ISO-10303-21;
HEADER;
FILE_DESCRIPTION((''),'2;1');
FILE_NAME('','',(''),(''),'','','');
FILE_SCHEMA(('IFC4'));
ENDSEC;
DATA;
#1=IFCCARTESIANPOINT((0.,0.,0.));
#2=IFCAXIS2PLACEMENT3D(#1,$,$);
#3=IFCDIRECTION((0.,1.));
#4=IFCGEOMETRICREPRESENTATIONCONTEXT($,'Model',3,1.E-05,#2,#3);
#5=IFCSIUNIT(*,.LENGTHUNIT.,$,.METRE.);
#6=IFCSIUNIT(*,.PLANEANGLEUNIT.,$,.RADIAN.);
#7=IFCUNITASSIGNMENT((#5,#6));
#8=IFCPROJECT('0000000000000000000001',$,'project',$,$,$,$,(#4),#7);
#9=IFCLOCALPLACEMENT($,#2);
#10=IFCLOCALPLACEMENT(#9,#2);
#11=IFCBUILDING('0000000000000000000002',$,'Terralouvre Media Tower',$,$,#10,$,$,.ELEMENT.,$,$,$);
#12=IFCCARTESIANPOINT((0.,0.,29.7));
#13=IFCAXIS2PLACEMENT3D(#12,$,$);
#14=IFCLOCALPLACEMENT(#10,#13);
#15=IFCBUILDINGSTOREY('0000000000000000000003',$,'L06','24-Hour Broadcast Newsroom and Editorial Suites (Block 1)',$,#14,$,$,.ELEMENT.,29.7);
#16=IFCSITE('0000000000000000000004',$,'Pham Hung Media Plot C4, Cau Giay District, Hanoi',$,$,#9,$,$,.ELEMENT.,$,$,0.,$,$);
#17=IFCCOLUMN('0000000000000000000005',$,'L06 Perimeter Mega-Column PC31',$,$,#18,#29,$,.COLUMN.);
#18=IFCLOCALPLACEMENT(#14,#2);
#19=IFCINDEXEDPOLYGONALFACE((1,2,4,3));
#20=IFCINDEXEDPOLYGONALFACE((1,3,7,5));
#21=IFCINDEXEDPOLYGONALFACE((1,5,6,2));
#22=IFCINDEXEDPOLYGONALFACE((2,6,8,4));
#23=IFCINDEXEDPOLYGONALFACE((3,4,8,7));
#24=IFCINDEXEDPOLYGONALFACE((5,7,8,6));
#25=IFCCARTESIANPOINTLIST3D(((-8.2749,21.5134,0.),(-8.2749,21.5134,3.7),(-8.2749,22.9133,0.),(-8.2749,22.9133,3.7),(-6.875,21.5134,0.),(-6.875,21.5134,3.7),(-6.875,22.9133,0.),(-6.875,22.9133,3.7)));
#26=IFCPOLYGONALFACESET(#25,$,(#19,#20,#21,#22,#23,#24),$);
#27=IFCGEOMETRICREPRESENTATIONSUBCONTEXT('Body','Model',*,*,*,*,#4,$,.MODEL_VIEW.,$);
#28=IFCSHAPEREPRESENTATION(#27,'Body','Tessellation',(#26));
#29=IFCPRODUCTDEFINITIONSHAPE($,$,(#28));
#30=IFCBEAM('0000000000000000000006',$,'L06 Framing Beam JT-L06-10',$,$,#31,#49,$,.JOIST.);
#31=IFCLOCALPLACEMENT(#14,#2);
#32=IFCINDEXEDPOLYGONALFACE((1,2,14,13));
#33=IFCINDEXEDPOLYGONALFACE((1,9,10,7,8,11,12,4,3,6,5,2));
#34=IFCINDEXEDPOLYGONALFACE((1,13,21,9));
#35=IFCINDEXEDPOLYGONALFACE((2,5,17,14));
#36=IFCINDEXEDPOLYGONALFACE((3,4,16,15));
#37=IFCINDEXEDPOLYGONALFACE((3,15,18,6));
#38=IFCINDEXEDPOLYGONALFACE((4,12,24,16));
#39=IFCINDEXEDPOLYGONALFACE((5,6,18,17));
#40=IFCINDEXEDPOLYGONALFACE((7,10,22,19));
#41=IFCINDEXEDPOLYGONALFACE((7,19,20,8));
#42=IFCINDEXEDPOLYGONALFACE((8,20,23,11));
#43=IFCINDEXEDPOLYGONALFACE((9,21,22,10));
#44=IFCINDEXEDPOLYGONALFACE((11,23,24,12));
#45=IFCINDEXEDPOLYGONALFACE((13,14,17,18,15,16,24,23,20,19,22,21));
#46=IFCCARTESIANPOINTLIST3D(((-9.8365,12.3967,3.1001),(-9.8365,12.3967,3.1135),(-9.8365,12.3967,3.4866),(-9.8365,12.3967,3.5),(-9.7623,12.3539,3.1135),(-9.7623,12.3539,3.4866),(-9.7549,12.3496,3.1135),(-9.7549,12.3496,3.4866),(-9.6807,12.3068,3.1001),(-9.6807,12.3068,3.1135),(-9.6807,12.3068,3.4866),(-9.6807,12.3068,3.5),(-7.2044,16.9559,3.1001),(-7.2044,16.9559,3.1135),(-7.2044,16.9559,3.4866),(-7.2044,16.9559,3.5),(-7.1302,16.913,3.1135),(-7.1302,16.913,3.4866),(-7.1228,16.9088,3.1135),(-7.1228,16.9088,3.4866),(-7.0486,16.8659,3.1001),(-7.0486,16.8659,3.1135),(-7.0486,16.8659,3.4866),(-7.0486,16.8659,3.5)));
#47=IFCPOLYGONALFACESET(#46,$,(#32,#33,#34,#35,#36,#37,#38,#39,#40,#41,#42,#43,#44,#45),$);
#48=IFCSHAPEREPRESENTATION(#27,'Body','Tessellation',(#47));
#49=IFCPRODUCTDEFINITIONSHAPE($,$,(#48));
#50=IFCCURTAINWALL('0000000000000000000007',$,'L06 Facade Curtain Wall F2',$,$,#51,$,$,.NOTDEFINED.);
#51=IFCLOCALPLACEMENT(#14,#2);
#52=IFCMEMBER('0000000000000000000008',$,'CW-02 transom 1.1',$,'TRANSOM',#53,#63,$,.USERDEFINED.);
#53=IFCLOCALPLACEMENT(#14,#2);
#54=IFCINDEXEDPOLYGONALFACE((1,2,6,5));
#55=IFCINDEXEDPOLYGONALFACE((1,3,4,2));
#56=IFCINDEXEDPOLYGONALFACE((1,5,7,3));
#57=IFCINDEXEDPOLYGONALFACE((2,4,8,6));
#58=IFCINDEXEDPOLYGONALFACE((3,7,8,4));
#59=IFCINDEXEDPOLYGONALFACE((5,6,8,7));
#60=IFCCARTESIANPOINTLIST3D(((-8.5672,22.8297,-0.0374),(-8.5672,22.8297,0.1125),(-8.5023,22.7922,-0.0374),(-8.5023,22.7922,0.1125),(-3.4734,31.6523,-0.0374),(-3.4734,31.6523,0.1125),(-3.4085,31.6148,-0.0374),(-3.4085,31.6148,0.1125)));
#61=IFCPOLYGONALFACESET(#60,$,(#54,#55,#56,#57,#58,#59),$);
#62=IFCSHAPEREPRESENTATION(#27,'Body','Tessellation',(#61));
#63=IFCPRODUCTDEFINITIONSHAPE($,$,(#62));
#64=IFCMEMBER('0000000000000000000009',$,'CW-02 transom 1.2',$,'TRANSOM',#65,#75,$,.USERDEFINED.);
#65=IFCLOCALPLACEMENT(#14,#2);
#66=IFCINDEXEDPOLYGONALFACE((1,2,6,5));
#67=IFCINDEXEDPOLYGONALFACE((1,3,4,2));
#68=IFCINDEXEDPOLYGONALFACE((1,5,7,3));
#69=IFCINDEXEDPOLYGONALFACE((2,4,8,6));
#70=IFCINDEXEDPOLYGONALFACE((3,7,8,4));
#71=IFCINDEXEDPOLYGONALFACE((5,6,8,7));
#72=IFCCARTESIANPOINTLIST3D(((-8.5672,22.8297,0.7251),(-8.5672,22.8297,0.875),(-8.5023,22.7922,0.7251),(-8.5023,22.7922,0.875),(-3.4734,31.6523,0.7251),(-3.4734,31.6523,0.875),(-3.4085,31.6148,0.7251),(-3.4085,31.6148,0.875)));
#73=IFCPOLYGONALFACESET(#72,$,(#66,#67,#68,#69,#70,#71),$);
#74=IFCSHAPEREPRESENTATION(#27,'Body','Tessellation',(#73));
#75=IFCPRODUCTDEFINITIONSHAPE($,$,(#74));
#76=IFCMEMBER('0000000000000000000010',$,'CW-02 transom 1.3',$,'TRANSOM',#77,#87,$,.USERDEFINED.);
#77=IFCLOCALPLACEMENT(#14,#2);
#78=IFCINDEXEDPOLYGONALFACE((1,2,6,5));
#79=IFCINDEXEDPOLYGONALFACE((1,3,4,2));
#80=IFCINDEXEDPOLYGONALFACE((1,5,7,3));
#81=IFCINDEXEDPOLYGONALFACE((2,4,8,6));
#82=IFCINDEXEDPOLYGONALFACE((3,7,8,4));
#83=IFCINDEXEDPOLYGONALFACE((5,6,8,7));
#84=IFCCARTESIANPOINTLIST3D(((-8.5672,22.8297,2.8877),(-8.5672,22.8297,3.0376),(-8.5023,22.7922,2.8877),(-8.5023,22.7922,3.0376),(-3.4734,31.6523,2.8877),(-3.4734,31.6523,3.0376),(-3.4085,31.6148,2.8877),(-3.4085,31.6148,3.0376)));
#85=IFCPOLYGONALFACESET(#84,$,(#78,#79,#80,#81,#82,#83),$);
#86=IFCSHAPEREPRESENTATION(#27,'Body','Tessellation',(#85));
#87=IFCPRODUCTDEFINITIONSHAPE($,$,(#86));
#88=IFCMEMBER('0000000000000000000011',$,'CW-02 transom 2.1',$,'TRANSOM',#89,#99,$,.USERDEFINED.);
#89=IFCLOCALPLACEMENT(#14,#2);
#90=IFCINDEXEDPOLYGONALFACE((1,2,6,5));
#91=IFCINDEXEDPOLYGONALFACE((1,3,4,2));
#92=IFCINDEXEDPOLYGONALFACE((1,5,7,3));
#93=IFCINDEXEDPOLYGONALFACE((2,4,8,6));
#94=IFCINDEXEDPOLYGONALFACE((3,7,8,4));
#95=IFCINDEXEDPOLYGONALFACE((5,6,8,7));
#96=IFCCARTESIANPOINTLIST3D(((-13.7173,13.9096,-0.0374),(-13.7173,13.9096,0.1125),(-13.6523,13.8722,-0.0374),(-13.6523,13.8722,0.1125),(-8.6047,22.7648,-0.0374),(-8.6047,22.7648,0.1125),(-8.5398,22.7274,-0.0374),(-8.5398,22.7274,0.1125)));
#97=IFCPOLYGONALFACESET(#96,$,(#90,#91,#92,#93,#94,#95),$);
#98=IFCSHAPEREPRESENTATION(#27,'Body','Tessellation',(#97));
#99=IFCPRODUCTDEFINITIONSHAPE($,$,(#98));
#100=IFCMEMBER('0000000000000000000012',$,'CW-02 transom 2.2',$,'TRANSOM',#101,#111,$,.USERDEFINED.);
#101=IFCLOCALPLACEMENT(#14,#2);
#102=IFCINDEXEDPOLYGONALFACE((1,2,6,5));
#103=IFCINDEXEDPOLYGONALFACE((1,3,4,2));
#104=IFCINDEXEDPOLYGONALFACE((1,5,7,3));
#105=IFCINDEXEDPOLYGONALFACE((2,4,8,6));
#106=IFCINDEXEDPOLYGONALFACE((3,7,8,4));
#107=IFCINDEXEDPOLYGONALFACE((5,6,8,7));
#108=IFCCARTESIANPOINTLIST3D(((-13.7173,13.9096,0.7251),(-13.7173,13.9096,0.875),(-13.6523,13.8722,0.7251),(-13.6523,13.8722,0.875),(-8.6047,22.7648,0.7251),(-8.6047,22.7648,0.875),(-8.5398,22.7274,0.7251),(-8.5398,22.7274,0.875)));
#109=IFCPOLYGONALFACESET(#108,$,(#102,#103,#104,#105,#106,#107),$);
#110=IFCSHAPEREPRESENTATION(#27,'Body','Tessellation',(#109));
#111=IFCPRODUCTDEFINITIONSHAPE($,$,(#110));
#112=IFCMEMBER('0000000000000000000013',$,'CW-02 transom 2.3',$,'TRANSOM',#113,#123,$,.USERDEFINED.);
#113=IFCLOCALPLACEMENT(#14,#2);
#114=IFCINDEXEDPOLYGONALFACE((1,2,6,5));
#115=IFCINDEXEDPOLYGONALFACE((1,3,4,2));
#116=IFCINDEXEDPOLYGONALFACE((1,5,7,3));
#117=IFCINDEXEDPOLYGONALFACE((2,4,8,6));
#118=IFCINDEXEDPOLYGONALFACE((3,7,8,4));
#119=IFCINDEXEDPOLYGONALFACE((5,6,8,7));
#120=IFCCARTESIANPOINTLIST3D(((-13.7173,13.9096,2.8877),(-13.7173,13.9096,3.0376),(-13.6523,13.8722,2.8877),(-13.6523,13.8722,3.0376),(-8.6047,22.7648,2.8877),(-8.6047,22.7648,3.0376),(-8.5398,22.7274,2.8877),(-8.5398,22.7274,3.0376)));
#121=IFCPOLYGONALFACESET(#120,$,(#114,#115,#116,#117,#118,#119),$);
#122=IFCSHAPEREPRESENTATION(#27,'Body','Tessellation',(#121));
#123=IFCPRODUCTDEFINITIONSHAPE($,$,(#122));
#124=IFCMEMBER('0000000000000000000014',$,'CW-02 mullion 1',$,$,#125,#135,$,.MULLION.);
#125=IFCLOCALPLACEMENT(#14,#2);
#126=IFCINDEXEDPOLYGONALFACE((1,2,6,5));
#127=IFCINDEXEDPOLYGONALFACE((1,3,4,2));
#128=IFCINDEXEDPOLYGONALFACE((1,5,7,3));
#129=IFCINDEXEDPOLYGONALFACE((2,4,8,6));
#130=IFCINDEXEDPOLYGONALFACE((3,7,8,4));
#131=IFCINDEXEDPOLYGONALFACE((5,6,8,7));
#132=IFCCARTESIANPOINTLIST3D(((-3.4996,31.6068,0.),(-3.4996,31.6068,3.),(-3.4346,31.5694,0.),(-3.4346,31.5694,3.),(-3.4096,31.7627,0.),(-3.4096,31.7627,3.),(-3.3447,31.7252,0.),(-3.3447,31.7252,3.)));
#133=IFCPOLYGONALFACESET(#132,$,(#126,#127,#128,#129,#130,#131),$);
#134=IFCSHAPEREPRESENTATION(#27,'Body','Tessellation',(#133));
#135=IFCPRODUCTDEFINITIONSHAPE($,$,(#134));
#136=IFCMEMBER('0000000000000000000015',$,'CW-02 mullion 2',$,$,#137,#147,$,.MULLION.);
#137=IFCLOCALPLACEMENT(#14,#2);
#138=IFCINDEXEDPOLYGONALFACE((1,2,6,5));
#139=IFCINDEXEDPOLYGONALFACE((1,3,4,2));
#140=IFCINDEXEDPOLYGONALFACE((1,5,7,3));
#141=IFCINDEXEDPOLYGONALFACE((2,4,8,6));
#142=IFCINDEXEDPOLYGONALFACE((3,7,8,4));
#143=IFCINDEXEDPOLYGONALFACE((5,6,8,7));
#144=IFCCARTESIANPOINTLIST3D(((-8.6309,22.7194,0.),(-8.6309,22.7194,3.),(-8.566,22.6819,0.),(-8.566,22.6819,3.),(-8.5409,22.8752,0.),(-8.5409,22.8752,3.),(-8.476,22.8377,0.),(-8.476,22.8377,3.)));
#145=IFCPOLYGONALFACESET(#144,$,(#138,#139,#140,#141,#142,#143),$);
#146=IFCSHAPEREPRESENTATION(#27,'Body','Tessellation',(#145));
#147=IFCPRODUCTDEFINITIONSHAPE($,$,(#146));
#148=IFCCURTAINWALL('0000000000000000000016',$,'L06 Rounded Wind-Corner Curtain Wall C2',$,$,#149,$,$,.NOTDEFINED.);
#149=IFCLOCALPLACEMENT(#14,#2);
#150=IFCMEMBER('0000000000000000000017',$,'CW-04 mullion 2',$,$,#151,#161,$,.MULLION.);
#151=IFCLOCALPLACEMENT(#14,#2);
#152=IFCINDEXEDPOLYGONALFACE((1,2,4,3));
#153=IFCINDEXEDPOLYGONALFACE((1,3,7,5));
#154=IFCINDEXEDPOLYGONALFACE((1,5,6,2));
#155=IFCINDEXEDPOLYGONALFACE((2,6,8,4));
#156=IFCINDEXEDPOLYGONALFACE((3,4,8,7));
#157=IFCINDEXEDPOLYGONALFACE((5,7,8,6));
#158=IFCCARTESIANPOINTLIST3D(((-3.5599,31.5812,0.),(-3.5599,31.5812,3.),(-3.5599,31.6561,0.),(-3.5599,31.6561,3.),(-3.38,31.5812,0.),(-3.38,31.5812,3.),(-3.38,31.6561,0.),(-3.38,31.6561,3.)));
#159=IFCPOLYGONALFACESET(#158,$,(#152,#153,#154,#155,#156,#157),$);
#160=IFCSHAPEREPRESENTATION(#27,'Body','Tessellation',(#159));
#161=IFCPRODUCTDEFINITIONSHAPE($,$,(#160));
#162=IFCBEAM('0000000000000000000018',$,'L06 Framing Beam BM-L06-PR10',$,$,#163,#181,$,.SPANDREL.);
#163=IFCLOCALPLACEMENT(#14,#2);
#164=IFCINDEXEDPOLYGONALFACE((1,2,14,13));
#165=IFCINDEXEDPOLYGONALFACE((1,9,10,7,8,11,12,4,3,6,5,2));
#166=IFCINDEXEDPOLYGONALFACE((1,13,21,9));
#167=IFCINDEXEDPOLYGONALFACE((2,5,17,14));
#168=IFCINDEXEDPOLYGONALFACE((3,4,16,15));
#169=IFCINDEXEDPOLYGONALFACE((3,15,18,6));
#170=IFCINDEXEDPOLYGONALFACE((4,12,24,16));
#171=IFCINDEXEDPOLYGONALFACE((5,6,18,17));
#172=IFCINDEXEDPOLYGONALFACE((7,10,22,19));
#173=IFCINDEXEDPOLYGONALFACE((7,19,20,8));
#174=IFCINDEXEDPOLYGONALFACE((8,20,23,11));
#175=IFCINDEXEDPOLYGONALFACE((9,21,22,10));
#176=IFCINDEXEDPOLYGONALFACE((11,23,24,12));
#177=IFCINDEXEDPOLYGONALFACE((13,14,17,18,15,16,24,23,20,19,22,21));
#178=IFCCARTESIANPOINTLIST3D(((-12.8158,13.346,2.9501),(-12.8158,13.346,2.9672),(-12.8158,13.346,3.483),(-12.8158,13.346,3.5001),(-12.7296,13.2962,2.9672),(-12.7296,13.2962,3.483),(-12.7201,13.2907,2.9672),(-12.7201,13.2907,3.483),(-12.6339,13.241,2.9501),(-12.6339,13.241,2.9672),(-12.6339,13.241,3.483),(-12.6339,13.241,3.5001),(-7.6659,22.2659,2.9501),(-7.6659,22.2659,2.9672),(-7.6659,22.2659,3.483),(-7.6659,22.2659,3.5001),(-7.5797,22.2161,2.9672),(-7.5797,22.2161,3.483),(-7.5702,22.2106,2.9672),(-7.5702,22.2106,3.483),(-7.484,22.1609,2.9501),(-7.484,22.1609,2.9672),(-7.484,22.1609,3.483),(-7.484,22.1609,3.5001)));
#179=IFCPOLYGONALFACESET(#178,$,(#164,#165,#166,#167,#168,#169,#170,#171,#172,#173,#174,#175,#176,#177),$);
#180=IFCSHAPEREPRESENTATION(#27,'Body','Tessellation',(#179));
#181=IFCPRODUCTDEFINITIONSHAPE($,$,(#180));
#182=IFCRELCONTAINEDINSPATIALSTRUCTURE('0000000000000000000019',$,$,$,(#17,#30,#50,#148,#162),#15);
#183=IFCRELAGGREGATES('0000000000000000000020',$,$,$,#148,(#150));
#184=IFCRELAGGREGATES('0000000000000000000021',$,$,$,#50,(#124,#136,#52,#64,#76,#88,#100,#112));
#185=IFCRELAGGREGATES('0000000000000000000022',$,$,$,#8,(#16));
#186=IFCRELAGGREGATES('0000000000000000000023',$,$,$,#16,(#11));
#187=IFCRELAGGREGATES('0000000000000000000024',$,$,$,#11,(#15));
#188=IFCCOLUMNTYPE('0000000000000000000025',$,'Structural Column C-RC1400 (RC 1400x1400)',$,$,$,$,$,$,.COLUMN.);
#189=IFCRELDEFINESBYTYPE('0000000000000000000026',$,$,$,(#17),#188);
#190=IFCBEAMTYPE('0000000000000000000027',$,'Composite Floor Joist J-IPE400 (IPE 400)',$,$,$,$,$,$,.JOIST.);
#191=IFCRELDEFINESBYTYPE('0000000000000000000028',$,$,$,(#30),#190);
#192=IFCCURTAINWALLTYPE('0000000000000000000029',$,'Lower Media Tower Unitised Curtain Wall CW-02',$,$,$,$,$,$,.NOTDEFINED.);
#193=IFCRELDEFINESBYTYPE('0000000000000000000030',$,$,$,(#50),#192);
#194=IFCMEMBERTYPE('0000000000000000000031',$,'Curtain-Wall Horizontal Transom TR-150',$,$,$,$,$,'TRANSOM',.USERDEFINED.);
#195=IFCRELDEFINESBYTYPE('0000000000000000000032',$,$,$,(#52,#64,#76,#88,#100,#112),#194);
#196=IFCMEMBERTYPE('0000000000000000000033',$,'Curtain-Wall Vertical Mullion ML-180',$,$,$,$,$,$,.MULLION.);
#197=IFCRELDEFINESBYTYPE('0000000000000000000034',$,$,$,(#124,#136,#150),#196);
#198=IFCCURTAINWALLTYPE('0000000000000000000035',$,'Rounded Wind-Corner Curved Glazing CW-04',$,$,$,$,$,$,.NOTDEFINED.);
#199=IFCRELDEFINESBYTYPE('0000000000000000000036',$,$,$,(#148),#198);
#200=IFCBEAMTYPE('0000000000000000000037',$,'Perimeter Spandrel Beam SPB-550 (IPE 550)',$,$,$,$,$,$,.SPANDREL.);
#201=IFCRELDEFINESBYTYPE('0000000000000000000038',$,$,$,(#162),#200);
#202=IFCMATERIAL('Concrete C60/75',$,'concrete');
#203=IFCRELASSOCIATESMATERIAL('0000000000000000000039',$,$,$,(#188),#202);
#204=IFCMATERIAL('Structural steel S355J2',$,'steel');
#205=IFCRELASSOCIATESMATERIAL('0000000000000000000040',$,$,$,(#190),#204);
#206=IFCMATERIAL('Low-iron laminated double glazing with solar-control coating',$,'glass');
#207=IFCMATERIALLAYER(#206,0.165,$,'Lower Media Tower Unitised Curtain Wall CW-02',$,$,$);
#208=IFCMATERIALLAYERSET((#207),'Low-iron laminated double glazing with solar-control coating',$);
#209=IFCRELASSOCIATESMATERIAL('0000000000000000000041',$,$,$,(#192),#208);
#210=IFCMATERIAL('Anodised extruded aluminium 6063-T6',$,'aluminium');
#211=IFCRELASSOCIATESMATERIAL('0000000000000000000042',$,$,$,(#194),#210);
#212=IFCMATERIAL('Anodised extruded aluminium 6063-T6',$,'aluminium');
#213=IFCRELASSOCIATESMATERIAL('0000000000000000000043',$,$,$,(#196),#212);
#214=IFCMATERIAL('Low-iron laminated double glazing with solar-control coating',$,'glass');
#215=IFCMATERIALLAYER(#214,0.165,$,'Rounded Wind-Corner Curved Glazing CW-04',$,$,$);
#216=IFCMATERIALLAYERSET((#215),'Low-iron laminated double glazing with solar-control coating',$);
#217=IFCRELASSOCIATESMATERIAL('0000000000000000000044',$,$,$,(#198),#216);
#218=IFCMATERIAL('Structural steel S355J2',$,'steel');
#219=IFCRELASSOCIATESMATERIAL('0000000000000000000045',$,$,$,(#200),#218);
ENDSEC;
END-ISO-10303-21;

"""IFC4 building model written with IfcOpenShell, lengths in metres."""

from ifc_helpers import new_model, si_unit, direction, frame, origin, origin_2d, place, context, subcontext, project, spatial, rectangle, i_section, extrude, material, layer, layer_set, material_profile, profile_set, type_object, element, aggregate, save


model = new_model("IFC4")

# Units and contexts
model_context = context("Model", 3, precision=1e-05, world=origin(), true_north=direction((0.0, 1.0)))
body_context = subcontext(model_context, "Body", "Model", "MODEL_VIEW")
ifc_project = project(units=[si_unit("LENGTHUNIT", "METRE"), si_unit("PLANEANGLEUNIT", "RADIAN")], contexts=[model_context])

# Site, building, storey
site_placement = place(None, origin())
site = spatial("IfcSite", under=ifc_project, at=site_placement, Name="Pham Hung Media Plot C4, Cau Giay District, Hanoi", CompositionType="ELEMENT", RefElevation=0.0)
building_placement = place(site_placement, origin())
building = spatial("IfcBuilding", under=site, at=building_placement, Name="Terralouvre Media Tower", CompositionType="ELEMENT")
storey_placement = place(building_placement, frame((0.0, 0.0, 29.7)))
storey = spatial("IfcBuildingStorey", under=building, at=storey_placement, Name="L06", Description="24-Hour Broadcast Newsroom and Editorial Suites (Block 1)", CompositionType="ELEMENT", Elevation=29.7)

# Column
ifc_material_1 = material(Name="Concrete C60/75", Category="concrete")
ifc_material_profile_1 = material_profile(ifc_material_1, rectangle(XDim=1.3999, YDim=1.3999, at=origin_2d()), Name="RC 1400x1400")
ifc_profile_set_1 = profile_set([ifc_material_profile_1], Name="Concrete C60/75")
column_type = type_object("IfcColumnType", Name="Structural Column C-RC1400 (RC 1400x1400)", PredefinedType="COLUMN", material=ifc_profile_set_1)
column_placement = place(storey_placement, frame((-7.575, 22.2134, 0.0), z_axis=(0.0, 0.0, 1.0), x_axis=(1.0, 0.0, 0.0)))
element("IfcColumn", 1, at=column_placement, inside=storey, type_object=column_type, Name="L06 Perimeter Mega-Column PC31", PredefinedType="COLUMN", context=body_context, shape_type="SweptSolid", body=[
    extrude(rectangle(XDim=1.3999, YDim=1.3999, at=origin_2d()), origin(), (0.0, 0.0, 1.0), 3.7),
])

# Beam
ifc_material_2 = material(Name="Structural steel S355J2", Category="steel")
ifc_material_profile_2 = material_profile(ifc_material_2, i_section(OverallWidth=0.1799, OverallDepth=0.3999, WebThickness=0.0085, FlangeThickness=0.0134, at=origin_2d()), Name="IPE 400")
ifc_profile_set_2 = profile_set([ifc_material_profile_2], Name="Structural steel S355J2")
beam_type_1 = type_object("IfcBeamType", Name="Composite Floor Joist J-IPE400 (IPE 400)", PredefinedType="JOIST", material=ifc_profile_set_2)
beam_1_placement = place(storey_placement, frame((-7.1265, 16.9109, 3.3), z_axis=(-0.499985, -0.866034, 0.0), x_axis=(0.866034, -0.499985, 0.0)))
element("IfcBeam", 2, at=beam_1_placement, inside=storey, type_object=beam_type_1, Name="L06 Framing Beam JT-L06-10", PredefinedType="JOIST", context=body_context, shape_type="SweptSolid", body=[
    extrude(i_section(OverallWidth=0.1799, OverallDepth=0.3999, WebThickness=0.0085, FlangeThickness=0.0134, at=origin_2d()), origin(), (0.0, 0.0, 1.0), 5.2644),
])

# Curtain wall, members
ifc_material_3 = material(Name="Low-iron laminated double glazing with solar-control coating", Category="glass")
ifc_layer_1 = layer(ifc_material_3, 0.165, Name="Lower Media Tower Unitised Curtain Wall CW-02")
ifc_layer_set_1 = layer_set([ifc_layer_1], Name="Low-iron laminated double glazing with solar-control coating")
curtain_wall_type_1 = type_object("IfcCurtainWallType", Name="Lower Media Tower Unitised Curtain Wall CW-02", PredefinedType="NOTDEFINED", material=ifc_layer_set_1)
curtain_wall_1_placement = place(storey_placement, origin())
curtain_wall_1 = element("IfcCurtainWall", 3, at=curtain_wall_1_placement, inside=storey, type_object=curtain_wall_type_1, Name="L06 Facade Curtain Wall F2", PredefinedType="NOTDEFINED")
ifc_material_4 = material(Name="Anodised extruded aluminium 6063-T6", Category="aluminium")
ifc_material_profile_3 = material_profile(ifc_material_4, rectangle(XDim=0.075, YDim=0.1499, at=origin_2d()), Name="ALU 75x150")
ifc_profile_set_3 = profile_set([ifc_material_profile_3], Name="Anodised extruded aluminium 6063-T6")
member_type_1 = type_object("IfcMemberType", Name="Curtain-Wall Horizontal Transom TR-150", ElementType="TRANSOM", PredefinedType="USERDEFINED", material=ifc_profile_set_3)
member_1_placement = place(storey_placement, frame((-3.4409, 31.6335, 0.0376), z_axis=(-0.500005, -0.866022, 0.0), x_axis=(0.866022, -0.500005, 0.0)))
member_1 = element("IfcMember", 4, at=member_1_placement, type_object=member_type_1, Name="CW-02 transom 1.1", ObjectType="TRANSOM", PredefinedType="USERDEFINED", context=body_context, shape_type="SweptSolid", body=[
    extrude(rectangle(XDim=0.075, YDim=0.1499, at=origin_2d()), origin(), (0.0, 0.0, 1.0), 10.1875),
])
member_2_placement = place(storey_placement, frame((-3.4409, 31.6335, 0.8), z_axis=(-0.500005, -0.866022, 0.0), x_axis=(0.866022, -0.500005, 0.0)))
member_2 = element("IfcMember", 5, at=member_2_placement, type_object=member_type_1, Name="CW-02 transom 1.2", ObjectType="TRANSOM", PredefinedType="USERDEFINED", context=body_context, shape_type="SweptSolid", body=[
    extrude(rectangle(XDim=0.075, YDim=0.1499, at=origin_2d()), origin(), (0.0, 0.0, 1.0), 10.1875),
])
member_3_placement = place(storey_placement, frame((-3.4409, 31.6335, 2.9626), z_axis=(-0.500005, -0.866022, 0.0), x_axis=(0.866022, -0.500005, 0.0)))
member_3 = element("IfcMember", 6, at=member_3_placement, type_object=member_type_1, Name="CW-02 transom 1.3", ObjectType="TRANSOM", PredefinedType="USERDEFINED", context=body_context, shape_type="SweptSolid", body=[
    extrude(rectangle(XDim=0.075, YDim=0.1499, at=origin_2d()), origin(), (0.0, 0.0, 1.0), 10.1875),
])
member_4_placement = place(storey_placement, frame((-8.5723, 22.7461, 0.0376), z_axis=(-0.499999, -0.866026, 0.0), x_axis=(0.866026, -0.499999, 0.0)))
member_4 = element("IfcMember", 7, at=member_4_placement, type_object=member_type_1, Name="CW-02 transom 2.1", ObjectType="TRANSOM", PredefinedType="USERDEFINED", context=body_context, shape_type="SweptSolid", body=[
    extrude(rectangle(XDim=0.075, YDim=0.1499, at=origin_2d()), origin(), (0.0, 0.0, 1.0), 10.2251),
])
member_5_placement = place(storey_placement, frame((-8.5723, 22.7461, 0.8), z_axis=(-0.499999, -0.866026, 0.0), x_axis=(0.866026, -0.499999, 0.0)))
member_5 = element("IfcMember", 8, at=member_5_placement, type_object=member_type_1, Name="CW-02 transom 2.2", ObjectType="TRANSOM", PredefinedType="USERDEFINED", context=body_context, shape_type="SweptSolid", body=[
    extrude(rectangle(XDim=0.075, YDim=0.1499, at=origin_2d()), origin(), (0.0, 0.0, 1.0), 10.2251),
])
member_6_placement = place(storey_placement, frame((-8.5723, 22.7461, 2.9626), z_axis=(-0.499999, -0.866026, 0.0), x_axis=(0.866026, -0.499999, 0.0)))
member_6 = element("IfcMember", 9, at=member_6_placement, type_object=member_type_1, Name="CW-02 transom 2.3", ObjectType="TRANSOM", PredefinedType="USERDEFINED", context=body_context, shape_type="SweptSolid", body=[
    extrude(rectangle(XDim=0.075, YDim=0.1499, at=origin_2d()), origin(), (0.0, 0.0, 1.0), 10.2251),
])
ifc_material_5 = material(Name="Anodised extruded aluminium 6063-T6", Category="aluminium")
ifc_material_profile_4 = material_profile(ifc_material_5, rectangle(XDim=0.075, YDim=0.1799, at=origin_2d()), Name="ALU 75x180")
ifc_profile_set_4 = profile_set([ifc_material_profile_4], Name="Anodised extruded aluminium 6063-T6")
member_type_2 = type_object("IfcMemberType", Name="Curtain-Wall Vertical Mullion ML-180", PredefinedType="MULLION", material=ifc_profile_set_4)
member_7_placement = place(storey_placement, frame((-3.4221, 31.666, 0.0), z_axis=(0.0, 0.0, 1.0), x_axis=(0.866025, -0.5, 0.0)))
member_7 = element("IfcMember", 10, at=member_7_placement, type_object=member_type_2, Name="CW-02 mullion 1", PredefinedType="MULLION", context=body_context, shape_type="SweptSolid", body=[
    extrude(rectangle(XDim=0.075, YDim=0.1799, at=origin_2d()), origin(), (0.0, 0.0, 1.0), 3.0),
])
member_8_placement = place(storey_placement, frame((-8.5535, 22.7786, 0.0), z_axis=(0.0, 0.0, 1.0), x_axis=(0.866025, -0.5, 0.0)))
member_8 = element("IfcMember", 11, at=member_8_placement, type_object=member_type_2, Name="CW-02 mullion 2", PredefinedType="MULLION", context=body_context, shape_type="SweptSolid", body=[
    extrude(rectangle(XDim=0.075, YDim=0.1799, at=origin_2d()), origin(), (0.0, 0.0, 1.0), 3.0),
])

# Curtain wall, member
ifc_material_6 = material(Name="Low-iron laminated double glazing with solar-control coating", Category="glass")
ifc_layer_2 = layer(ifc_material_6, 0.165, Name="Rounded Wind-Corner Curved Glazing CW-04")
ifc_layer_set_2 = layer_set([ifc_layer_2], Name="Low-iron laminated double glazing with solar-control coating")
curtain_wall_type_2 = type_object("IfcCurtainWallType", Name="Rounded Wind-Corner Curved Glazing CW-04", PredefinedType="NOTDEFINED", material=ifc_layer_set_2)
curtain_wall_2_placement = place(storey_placement, origin())
curtain_wall_2 = element("IfcCurtainWall", 12, at=curtain_wall_2_placement, inside=storey, type_object=curtain_wall_type_2, Name="L06 Rounded Wind-Corner Curtain Wall C2", PredefinedType="NOTDEFINED")
member_9_placement = place(storey_placement, frame((-3.47, 31.6187, 0.0), z_axis=(0.0, 0.0, 1.0), x_axis=(0.0, -1.0, 0.0)))
member_9 = element("IfcMember", 13, at=member_9_placement, type_object=member_type_2, Name="CW-04 mullion 2", PredefinedType="MULLION", context=body_context, shape_type="SweptSolid", body=[
    extrude(rectangle(XDim=0.075, YDim=0.1799, at=origin_2d()), origin(), (0.0, 0.0, 1.0), 3.0),
])

# Beam
ifc_material_7 = material(Name="Structural steel S355J2", Category="steel")
ifc_material_profile_5 = material_profile(ifc_material_7, i_section(OverallWidth=0.21, OverallDepth=0.55, WebThickness=0.011, FlangeThickness=0.0171, at=origin_2d()), Name="IPE 550")
ifc_profile_set_5 = profile_set([ifc_material_profile_5], Name="Structural steel S355J2")
beam_type_2 = type_object("IfcBeamType", Name="Perimeter Spandrel Beam SPB-550 (IPE 550)", PredefinedType="SPANDREL", material=ifc_profile_set_5)
beam_2_placement = place(storey_placement, frame((-7.575, 22.2134, 3.2251), z_axis=(-0.499999, -0.866026, 0.0), x_axis=(0.866026, -0.499999, 0.0)))
element("IfcBeam", 14, at=beam_2_placement, inside=storey, type_object=beam_type_2, Name="L06 Framing Beam BM-L06-PR10", PredefinedType="SPANDREL", context=body_context, shape_type="SweptSolid", body=[
    extrude(i_section(OverallWidth=0.21, OverallDepth=0.55, WebThickness=0.011, FlangeThickness=0.0171, at=origin_2d()), origin(), (0.0, 0.0, 1.0), 10.2998),
])

aggregate(curtain_wall_2, [member_9])
aggregate(curtain_wall_1, [member_7, member_8, member_1, member_2, member_3, member_4, member_5, member_6])

save(model, "model.ifc")
